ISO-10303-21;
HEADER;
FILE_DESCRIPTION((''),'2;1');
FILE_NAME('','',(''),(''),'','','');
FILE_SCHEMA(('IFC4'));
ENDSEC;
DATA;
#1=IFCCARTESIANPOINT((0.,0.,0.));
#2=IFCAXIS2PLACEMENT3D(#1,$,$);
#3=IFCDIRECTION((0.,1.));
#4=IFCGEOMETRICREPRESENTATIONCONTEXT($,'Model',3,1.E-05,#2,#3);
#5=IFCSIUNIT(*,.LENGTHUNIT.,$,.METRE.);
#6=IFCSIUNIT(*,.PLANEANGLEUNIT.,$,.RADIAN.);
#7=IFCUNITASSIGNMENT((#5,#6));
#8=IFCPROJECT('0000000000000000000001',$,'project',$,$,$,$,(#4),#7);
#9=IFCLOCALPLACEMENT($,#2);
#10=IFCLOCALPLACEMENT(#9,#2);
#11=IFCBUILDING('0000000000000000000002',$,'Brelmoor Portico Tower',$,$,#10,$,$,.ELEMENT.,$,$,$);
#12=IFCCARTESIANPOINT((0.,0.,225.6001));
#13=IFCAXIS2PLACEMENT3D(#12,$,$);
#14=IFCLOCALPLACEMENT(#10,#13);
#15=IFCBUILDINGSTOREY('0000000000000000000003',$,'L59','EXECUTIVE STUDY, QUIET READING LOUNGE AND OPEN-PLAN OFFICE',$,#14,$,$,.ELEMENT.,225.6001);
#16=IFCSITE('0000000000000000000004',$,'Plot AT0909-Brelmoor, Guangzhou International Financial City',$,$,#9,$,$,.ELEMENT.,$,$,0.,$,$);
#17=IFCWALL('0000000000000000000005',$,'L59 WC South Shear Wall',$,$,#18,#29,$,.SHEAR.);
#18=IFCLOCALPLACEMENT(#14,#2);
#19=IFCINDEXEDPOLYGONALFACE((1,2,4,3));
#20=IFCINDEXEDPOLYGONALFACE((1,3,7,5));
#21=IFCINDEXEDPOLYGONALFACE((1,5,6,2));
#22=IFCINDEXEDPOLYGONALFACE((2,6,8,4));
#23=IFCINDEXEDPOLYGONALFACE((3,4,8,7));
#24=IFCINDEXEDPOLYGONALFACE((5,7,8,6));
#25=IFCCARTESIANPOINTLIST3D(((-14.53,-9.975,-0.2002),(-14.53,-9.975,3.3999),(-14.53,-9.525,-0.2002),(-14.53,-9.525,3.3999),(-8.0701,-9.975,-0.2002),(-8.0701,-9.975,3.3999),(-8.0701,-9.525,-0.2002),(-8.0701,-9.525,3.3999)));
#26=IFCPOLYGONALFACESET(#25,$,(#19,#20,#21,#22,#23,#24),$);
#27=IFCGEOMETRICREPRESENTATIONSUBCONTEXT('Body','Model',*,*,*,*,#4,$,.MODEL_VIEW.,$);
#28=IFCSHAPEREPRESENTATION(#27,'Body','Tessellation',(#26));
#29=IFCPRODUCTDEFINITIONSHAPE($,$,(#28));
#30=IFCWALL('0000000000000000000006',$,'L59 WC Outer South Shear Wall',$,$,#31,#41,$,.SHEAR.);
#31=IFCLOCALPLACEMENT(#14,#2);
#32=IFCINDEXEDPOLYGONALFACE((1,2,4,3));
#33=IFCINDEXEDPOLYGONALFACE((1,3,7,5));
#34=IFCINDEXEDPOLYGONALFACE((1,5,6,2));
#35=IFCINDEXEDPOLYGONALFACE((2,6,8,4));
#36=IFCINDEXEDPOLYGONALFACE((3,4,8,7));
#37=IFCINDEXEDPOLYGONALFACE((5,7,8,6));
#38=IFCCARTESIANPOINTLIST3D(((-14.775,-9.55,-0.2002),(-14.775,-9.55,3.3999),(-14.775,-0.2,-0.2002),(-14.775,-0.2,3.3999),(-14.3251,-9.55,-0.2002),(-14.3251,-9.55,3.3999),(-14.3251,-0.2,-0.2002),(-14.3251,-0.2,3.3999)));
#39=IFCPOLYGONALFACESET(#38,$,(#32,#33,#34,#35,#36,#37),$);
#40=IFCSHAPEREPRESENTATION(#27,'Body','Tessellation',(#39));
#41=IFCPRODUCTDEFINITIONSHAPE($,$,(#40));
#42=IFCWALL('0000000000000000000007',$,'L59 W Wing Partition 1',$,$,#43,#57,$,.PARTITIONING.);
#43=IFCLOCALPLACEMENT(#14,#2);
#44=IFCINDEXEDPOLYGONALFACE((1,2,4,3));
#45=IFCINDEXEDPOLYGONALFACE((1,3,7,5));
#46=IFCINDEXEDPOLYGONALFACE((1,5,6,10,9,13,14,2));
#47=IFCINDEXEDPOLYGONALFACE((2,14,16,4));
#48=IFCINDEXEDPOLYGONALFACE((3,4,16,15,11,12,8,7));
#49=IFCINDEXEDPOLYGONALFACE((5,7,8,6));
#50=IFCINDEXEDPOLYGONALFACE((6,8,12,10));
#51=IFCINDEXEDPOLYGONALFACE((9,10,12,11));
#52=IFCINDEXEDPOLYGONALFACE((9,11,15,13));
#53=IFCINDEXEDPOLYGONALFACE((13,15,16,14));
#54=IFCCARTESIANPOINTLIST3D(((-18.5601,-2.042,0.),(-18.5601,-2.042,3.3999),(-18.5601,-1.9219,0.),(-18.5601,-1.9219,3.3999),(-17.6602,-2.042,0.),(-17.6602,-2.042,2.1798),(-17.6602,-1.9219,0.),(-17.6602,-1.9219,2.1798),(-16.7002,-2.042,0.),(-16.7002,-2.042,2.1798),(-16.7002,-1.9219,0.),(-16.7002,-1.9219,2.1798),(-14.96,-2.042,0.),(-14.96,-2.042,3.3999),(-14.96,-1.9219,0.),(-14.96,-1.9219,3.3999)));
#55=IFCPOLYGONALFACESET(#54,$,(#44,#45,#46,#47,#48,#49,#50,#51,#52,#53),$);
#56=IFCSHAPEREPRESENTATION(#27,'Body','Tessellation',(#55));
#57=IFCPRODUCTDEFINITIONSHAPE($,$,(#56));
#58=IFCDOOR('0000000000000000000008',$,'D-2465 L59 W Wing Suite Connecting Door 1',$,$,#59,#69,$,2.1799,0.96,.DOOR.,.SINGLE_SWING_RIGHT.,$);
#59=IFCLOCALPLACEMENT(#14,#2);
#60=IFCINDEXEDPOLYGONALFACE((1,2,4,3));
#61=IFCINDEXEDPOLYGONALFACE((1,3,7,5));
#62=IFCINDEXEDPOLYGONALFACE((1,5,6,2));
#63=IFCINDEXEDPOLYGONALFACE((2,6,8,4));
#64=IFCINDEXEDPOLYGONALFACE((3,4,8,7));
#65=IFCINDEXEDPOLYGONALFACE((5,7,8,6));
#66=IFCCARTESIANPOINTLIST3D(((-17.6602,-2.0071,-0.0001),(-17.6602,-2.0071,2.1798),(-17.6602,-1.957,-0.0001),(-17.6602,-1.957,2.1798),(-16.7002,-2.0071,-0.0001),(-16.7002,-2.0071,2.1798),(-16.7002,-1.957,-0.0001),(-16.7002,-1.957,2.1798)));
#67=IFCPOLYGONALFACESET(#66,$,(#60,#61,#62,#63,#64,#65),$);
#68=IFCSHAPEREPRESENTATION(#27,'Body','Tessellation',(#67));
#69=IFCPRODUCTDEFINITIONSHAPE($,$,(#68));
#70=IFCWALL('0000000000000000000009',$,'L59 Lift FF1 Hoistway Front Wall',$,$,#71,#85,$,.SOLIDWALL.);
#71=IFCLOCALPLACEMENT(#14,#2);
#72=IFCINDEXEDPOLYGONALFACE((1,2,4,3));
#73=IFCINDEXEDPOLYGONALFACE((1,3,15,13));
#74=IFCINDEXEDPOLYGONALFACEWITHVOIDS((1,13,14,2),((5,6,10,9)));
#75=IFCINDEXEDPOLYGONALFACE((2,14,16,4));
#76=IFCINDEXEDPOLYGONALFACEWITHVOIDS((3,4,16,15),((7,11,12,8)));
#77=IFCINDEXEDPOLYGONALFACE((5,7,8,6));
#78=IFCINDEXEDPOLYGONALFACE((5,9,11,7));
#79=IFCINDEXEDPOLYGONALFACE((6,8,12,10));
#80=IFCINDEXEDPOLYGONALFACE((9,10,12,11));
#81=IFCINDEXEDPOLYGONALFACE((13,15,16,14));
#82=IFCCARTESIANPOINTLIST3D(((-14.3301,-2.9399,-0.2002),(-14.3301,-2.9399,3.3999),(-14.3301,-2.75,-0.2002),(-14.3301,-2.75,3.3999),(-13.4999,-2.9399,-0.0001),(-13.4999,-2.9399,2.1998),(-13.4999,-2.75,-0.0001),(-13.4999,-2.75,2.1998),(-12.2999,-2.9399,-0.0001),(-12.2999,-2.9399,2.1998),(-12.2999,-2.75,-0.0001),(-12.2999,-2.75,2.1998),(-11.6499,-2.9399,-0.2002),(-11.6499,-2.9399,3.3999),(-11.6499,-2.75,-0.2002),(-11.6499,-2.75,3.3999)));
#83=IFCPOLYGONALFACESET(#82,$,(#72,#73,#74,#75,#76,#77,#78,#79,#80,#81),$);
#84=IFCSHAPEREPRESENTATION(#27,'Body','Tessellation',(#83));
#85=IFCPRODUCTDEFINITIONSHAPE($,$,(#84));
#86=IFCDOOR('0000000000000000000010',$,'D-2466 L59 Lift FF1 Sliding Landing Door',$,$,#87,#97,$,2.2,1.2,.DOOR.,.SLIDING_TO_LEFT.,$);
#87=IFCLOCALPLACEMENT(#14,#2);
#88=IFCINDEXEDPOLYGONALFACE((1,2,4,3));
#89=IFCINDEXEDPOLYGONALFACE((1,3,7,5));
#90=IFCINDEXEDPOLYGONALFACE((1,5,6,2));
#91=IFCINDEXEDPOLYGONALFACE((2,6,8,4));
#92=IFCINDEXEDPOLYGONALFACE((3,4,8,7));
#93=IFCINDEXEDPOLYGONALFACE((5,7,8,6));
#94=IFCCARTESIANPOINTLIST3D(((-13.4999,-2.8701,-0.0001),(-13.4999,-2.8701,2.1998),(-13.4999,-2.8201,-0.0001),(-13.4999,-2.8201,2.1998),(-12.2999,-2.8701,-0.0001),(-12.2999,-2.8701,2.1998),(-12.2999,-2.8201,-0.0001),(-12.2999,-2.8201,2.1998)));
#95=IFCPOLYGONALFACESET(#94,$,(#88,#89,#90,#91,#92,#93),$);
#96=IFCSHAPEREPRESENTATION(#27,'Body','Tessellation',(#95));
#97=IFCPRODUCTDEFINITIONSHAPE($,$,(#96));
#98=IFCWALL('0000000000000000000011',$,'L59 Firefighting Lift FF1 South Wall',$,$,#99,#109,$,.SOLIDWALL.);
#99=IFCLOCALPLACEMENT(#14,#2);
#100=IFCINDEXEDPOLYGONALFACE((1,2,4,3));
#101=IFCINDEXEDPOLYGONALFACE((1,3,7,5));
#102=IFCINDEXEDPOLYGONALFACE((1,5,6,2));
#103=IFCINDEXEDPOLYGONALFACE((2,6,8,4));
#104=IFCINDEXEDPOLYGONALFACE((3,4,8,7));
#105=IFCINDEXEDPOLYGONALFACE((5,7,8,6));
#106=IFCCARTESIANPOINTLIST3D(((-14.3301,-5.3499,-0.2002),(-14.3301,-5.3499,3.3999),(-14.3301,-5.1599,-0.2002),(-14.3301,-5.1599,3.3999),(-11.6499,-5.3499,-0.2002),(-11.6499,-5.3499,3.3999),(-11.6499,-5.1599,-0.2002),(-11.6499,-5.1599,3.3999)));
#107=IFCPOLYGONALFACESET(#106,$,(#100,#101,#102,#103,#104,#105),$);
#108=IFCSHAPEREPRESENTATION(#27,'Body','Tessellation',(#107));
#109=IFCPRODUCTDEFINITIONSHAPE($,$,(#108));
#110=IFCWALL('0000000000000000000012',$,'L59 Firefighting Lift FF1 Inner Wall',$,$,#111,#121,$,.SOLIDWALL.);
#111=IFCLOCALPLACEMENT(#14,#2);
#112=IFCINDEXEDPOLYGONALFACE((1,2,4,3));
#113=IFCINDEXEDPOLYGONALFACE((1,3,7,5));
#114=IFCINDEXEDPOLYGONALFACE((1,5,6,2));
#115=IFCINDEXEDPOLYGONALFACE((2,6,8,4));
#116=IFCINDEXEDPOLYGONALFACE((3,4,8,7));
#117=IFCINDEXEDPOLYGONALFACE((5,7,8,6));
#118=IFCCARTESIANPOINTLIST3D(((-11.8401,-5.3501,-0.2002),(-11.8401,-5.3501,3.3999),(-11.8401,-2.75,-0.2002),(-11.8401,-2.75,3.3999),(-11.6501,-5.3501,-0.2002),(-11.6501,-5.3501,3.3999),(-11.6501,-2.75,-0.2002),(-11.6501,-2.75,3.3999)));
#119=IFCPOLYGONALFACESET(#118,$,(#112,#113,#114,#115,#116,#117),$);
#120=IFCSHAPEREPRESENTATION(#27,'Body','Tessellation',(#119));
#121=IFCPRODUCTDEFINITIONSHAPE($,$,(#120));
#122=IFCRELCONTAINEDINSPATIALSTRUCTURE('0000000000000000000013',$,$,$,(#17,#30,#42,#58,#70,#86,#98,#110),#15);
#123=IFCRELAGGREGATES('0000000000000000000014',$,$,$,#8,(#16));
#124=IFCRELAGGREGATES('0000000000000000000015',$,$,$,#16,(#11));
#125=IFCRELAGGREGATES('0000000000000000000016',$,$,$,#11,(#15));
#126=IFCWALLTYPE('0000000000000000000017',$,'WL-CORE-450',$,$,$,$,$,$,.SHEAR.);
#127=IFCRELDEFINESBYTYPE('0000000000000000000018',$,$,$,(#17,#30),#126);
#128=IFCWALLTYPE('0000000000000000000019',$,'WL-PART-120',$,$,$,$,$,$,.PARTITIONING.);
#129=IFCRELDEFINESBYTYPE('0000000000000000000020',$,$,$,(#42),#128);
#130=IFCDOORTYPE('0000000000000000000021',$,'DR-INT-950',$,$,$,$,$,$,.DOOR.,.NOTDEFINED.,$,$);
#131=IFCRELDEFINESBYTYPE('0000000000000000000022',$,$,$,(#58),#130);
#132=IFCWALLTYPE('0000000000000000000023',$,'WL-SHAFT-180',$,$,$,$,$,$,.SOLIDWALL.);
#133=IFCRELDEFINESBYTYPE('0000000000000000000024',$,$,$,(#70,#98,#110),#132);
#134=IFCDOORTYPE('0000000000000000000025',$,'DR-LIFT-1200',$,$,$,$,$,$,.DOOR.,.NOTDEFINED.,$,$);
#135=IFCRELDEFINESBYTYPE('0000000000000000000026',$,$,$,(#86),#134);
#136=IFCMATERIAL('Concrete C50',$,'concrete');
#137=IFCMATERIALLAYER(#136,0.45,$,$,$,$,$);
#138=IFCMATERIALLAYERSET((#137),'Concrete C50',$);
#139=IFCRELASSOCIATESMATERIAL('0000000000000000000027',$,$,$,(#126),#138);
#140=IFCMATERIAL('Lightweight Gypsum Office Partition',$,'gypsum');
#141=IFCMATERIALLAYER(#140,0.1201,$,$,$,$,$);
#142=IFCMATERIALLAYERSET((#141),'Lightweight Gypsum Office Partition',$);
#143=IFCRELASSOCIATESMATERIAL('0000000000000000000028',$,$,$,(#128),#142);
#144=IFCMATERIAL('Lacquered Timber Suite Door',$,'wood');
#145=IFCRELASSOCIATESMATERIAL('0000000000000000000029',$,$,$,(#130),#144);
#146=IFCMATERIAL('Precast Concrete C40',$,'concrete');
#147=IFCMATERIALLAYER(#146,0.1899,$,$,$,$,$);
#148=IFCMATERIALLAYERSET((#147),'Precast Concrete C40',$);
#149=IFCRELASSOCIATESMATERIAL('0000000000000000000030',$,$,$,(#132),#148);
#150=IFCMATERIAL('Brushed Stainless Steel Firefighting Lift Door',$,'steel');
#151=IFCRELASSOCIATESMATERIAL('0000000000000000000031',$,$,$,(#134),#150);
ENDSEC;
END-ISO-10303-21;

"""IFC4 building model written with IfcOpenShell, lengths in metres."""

from ifc_helpers import new_model, si_unit, direction, frame, frame_2d, origin, place, context, subcontext, project, spatial, rectangle, extrude, material, layer, layer_set, type_object, element, fill, save


model = new_model("IFC4")

# Units and contexts
model_context = context("Model", 3, precision=1e-05, world=origin(), true_north=direction((0.0, 1.0)))
body_context = subcontext(model_context, "Body", "Model", "MODEL_VIEW")
ifc_project = project(units=[si_unit("LENGTHUNIT", "METRE"), si_unit("PLANEANGLEUNIT", "RADIAN")], contexts=[model_context])

# Site, building, storey
site_placement = place(None, origin())
site = spatial("IfcSite", under=ifc_project, at=site_placement, Name="Plot AT0909-Brelmoor, Guangzhou International Financial City", CompositionType="ELEMENT", RefElevation=0.0)
building_placement = place(site_placement, origin())
building = spatial("IfcBuilding", under=site, at=building_placement, Name="Brelmoor Portico Tower", CompositionType="ELEMENT")
storey_placement = place(building_placement, frame((0.0, 0.0, 225.6001)))
storey = spatial("IfcBuildingStorey", under=building, at=storey_placement, Name="L59", Description="EXECUTIVE STUDY, QUIET READING LOUNGE AND OPEN-PLAN OFFICE", CompositionType="ELEMENT", Elevation=225.6001)

# Walls
ifc_material_1 = material(Name="Concrete C50", Category="concrete")
ifc_layer_1 = layer(ifc_material_1, 0.45)
ifc_layer_set_1 = layer_set([ifc_layer_1], Name="Concrete C50")
wall_type_1 = type_object("IfcWallType", Name="WL-CORE-450", PredefinedType="SHEAR", material=ifc_layer_set_1)
wall_1_placement = place(storey_placement, frame((-14.53, -9.75, -0.2002), z_axis=(0.0, 0.0, 1.0), x_axis=(1.0, 0.0, 0.0)))
element("IfcWall", 1, at=wall_1_placement, inside=storey, type_object=wall_type_1, Name="L59 WC South Shear Wall", PredefinedType="SHEAR", context=body_context, shape_type="SweptSolid", body=[
    extrude(rectangle(XDim=6.46, YDim=0.45, at=frame_2d((3.23, 0.0))), origin(), (0.0, 0.0, 1.0), 3.6001),
])
wall_2_placement = place(storey_placement, frame((-14.55, -9.55, -0.2002), z_axis=(0.0, 0.0, 1.0), x_axis=(0.0, 1.0, 0.0)))
element("IfcWall", 2, at=wall_2_placement, inside=storey, type_object=wall_type_1, Name="L59 WC Outer South Shear Wall", PredefinedType="SHEAR", context=body_context, shape_type="SweptSolid", body=[
    extrude(rectangle(XDim=9.3501, YDim=0.45, at=frame_2d((4.675, 0.0))), origin(), (0.0, 0.0, 1.0), 3.6001),
])

# Walls, openings, doors
ifc_material_2 = material(Name="Lightweight Gypsum Office Partition", Category="gypsum")
ifc_layer_2 = layer(ifc_material_2, 0.1201)
ifc_layer_set_2 = layer_set([ifc_layer_2], Name="Lightweight Gypsum Office Partition")
wall_type_2 = type_object("IfcWallType", Name="WL-PART-120", PredefinedType="PARTITIONING", material=ifc_layer_set_2)
wall_3_placement = place(storey_placement, frame((-18.5601, -1.9819, 0.0), z_axis=(0.0, 0.0, 1.0), x_axis=(1.0, 0.0, 0.0)))
wall_3 = element("IfcWall", 3, at=wall_3_placement, inside=storey, type_object=wall_type_2, Name="L59 W Wing Partition 1", PredefinedType="PARTITIONING", context=body_context, shape_type="SweptSolid", body=[
    extrude(rectangle(XDim=3.6001, YDim=0.1201, at=frame_2d((1.8, 0.0))), origin(), (0.0, 0.0, 1.0), 3.3999),
])
opening_1_placement = place(wall_3_placement, frame((0.8999, 0.0, 0.0)))
opening_1 = element("IfcOpeningElement", 4, at=opening_1_placement, cuts=wall_3, PredefinedType="OPENING", context=body_context, shape_type="SweptSolid", body=[
    extrude(rectangle(XDim=0.96, YDim=2.1799, at=frame_2d((0.48, 1.0898))), frame((0.0, 0.0701, 0.0), z_axis=(0.0, -1.0, 0.0), x_axis=(1.0, 0.0, 0.0)), (0.0, 0.0, 1.0), 0.1401),
])
ifc_material_3 = material(Name="Lacquered Timber Suite Door", Category="wood")
door_type_1 = type_object("IfcDoorType", Name="DR-INT-950", OperationType="NOTDEFINED", PredefinedType="DOOR", material=ifc_material_3)
door_1_placement = place(opening_1_placement, origin())
door_1 = element("IfcDoor", 5, at=door_1_placement, inside=storey, type_object=door_type_1, Name="D-2465 L59 W Wing Suite Connecting Door 1", OperationType="SINGLE_SWING_RIGHT", OverallHeight=2.1799, OverallWidth=0.96, PredefinedType="DOOR", context=body_context, shape_type="SweptSolid", body=[
    extrude(rectangle(XDim=0.96, YDim=2.1799, at=frame_2d((0.48, 1.0898))), frame((0.0, 0.0249, 0.0), z_axis=(0.0, -1.0, 0.0), x_axis=(1.0, 0.0, 0.0)), (0.0, 0.0, 1.0), 0.05),
])
fill(opening_1, door_1)
ifc_material_4 = material(Name="Precast Concrete C40", Category="concrete")
ifc_layer_3 = layer(ifc_material_4, 0.1899)
ifc_layer_set_3 = layer_set([ifc_layer_3], Name="Precast Concrete C40")
wall_type_3 = type_object("IfcWallType", Name="WL-SHAFT-180", PredefinedType="SOLIDWALL", material=ifc_layer_set_3)
wall_4_placement = place(storey_placement, frame((-14.3301, -2.845, -0.2002), z_axis=(0.0, 0.0, 1.0), x_axis=(1.0, 0.0, 0.0)))
wall_4 = element("IfcWall", 6, at=wall_4_placement, inside=storey, type_object=wall_type_3, Name="L59 Lift FF1 Hoistway Front Wall", PredefinedType="SOLIDWALL", context=body_context, shape_type="SweptSolid", body=[
    extrude(rectangle(XDim=2.6802, YDim=0.1899, at=frame_2d((1.3401, 0.0))), origin(), (0.0, 0.0, 1.0), 3.6001),
])
opening_2_placement = place(wall_4_placement, frame((0.8301, 0.0, 0.2)))
opening_2 = element("IfcOpeningElement", 7, at=opening_2_placement, cuts=wall_4, PredefinedType="OPENING", context=body_context, shape_type="SweptSolid", body=[
    extrude(rectangle(XDim=1.2, YDim=2.2, at=frame_2d((0.6001, 1.1001))), frame((0.0, 0.105, 0.0), z_axis=(0.0, -1.0, 0.0), x_axis=(1.0, 0.0, 0.0)), (0.0, 0.0, 1.0), 0.21),
])
ifc_material_5 = material(Name="Brushed Stainless Steel Firefighting Lift Door", Category="steel")
door_type_2 = type_object("IfcDoorType", Name="DR-LIFT-1200", OperationType="NOTDEFINED", PredefinedType="DOOR", material=ifc_material_5)
door_2_placement = place(opening_2_placement, origin())
door_2 = element("IfcDoor", 8, at=door_2_placement, inside=storey, type_object=door_type_2, Name="D-2466 L59 Lift FF1 Sliding Landing Door", OperationType="SLIDING_TO_LEFT", OverallHeight=2.2, OverallWidth=1.2, PredefinedType="DOOR", context=body_context, shape_type="SweptSolid", body=[
    extrude(rectangle(XDim=1.2, YDim=2.2, at=frame_2d((0.6001, 1.1001))), frame((0.0, 0.0249, 0.0), z_axis=(0.0, -1.0, 0.0), x_axis=(1.0, 0.0, 0.0)), (0.0, 0.0, 1.0), 0.05),
])
fill(opening_2, door_2)

# Walls
wall_5_placement = place(storey_placement, frame((-14.3301, -5.2549, -0.2002), z_axis=(0.0, 0.0, 1.0), x_axis=(1.0, 0.0, 0.0)))
element("IfcWall", 9, at=wall_5_placement, inside=storey, type_object=wall_type_3, Name="L59 Firefighting Lift FF1 South Wall", PredefinedType="SOLIDWALL", context=body_context, shape_type="SweptSolid", body=[
    extrude(rectangle(XDim=2.6802, YDim=0.1899, at=frame_2d((1.3401, 0.0))), origin(), (0.0, 0.0, 1.0), 3.6001),
])
wall_6_placement = place(storey_placement, frame((-11.7451, -5.3501, -0.2002), z_axis=(0.0, 0.0, 1.0), x_axis=(0.0, 1.0, 0.0)))
element("IfcWall", 10, at=wall_6_placement, inside=storey, type_object=wall_type_3, Name="L59 Firefighting Lift FF1 Inner Wall", PredefinedType="SOLIDWALL", context=body_context, shape_type="SweptSolid", body=[
    extrude(rectangle(XDim=2.6001, YDim=0.1899, at=frame_2d((1.3, 0.0))), origin(), (0.0, 0.0, 1.0), 3.6001),
])

save(model, "model.ifc")
